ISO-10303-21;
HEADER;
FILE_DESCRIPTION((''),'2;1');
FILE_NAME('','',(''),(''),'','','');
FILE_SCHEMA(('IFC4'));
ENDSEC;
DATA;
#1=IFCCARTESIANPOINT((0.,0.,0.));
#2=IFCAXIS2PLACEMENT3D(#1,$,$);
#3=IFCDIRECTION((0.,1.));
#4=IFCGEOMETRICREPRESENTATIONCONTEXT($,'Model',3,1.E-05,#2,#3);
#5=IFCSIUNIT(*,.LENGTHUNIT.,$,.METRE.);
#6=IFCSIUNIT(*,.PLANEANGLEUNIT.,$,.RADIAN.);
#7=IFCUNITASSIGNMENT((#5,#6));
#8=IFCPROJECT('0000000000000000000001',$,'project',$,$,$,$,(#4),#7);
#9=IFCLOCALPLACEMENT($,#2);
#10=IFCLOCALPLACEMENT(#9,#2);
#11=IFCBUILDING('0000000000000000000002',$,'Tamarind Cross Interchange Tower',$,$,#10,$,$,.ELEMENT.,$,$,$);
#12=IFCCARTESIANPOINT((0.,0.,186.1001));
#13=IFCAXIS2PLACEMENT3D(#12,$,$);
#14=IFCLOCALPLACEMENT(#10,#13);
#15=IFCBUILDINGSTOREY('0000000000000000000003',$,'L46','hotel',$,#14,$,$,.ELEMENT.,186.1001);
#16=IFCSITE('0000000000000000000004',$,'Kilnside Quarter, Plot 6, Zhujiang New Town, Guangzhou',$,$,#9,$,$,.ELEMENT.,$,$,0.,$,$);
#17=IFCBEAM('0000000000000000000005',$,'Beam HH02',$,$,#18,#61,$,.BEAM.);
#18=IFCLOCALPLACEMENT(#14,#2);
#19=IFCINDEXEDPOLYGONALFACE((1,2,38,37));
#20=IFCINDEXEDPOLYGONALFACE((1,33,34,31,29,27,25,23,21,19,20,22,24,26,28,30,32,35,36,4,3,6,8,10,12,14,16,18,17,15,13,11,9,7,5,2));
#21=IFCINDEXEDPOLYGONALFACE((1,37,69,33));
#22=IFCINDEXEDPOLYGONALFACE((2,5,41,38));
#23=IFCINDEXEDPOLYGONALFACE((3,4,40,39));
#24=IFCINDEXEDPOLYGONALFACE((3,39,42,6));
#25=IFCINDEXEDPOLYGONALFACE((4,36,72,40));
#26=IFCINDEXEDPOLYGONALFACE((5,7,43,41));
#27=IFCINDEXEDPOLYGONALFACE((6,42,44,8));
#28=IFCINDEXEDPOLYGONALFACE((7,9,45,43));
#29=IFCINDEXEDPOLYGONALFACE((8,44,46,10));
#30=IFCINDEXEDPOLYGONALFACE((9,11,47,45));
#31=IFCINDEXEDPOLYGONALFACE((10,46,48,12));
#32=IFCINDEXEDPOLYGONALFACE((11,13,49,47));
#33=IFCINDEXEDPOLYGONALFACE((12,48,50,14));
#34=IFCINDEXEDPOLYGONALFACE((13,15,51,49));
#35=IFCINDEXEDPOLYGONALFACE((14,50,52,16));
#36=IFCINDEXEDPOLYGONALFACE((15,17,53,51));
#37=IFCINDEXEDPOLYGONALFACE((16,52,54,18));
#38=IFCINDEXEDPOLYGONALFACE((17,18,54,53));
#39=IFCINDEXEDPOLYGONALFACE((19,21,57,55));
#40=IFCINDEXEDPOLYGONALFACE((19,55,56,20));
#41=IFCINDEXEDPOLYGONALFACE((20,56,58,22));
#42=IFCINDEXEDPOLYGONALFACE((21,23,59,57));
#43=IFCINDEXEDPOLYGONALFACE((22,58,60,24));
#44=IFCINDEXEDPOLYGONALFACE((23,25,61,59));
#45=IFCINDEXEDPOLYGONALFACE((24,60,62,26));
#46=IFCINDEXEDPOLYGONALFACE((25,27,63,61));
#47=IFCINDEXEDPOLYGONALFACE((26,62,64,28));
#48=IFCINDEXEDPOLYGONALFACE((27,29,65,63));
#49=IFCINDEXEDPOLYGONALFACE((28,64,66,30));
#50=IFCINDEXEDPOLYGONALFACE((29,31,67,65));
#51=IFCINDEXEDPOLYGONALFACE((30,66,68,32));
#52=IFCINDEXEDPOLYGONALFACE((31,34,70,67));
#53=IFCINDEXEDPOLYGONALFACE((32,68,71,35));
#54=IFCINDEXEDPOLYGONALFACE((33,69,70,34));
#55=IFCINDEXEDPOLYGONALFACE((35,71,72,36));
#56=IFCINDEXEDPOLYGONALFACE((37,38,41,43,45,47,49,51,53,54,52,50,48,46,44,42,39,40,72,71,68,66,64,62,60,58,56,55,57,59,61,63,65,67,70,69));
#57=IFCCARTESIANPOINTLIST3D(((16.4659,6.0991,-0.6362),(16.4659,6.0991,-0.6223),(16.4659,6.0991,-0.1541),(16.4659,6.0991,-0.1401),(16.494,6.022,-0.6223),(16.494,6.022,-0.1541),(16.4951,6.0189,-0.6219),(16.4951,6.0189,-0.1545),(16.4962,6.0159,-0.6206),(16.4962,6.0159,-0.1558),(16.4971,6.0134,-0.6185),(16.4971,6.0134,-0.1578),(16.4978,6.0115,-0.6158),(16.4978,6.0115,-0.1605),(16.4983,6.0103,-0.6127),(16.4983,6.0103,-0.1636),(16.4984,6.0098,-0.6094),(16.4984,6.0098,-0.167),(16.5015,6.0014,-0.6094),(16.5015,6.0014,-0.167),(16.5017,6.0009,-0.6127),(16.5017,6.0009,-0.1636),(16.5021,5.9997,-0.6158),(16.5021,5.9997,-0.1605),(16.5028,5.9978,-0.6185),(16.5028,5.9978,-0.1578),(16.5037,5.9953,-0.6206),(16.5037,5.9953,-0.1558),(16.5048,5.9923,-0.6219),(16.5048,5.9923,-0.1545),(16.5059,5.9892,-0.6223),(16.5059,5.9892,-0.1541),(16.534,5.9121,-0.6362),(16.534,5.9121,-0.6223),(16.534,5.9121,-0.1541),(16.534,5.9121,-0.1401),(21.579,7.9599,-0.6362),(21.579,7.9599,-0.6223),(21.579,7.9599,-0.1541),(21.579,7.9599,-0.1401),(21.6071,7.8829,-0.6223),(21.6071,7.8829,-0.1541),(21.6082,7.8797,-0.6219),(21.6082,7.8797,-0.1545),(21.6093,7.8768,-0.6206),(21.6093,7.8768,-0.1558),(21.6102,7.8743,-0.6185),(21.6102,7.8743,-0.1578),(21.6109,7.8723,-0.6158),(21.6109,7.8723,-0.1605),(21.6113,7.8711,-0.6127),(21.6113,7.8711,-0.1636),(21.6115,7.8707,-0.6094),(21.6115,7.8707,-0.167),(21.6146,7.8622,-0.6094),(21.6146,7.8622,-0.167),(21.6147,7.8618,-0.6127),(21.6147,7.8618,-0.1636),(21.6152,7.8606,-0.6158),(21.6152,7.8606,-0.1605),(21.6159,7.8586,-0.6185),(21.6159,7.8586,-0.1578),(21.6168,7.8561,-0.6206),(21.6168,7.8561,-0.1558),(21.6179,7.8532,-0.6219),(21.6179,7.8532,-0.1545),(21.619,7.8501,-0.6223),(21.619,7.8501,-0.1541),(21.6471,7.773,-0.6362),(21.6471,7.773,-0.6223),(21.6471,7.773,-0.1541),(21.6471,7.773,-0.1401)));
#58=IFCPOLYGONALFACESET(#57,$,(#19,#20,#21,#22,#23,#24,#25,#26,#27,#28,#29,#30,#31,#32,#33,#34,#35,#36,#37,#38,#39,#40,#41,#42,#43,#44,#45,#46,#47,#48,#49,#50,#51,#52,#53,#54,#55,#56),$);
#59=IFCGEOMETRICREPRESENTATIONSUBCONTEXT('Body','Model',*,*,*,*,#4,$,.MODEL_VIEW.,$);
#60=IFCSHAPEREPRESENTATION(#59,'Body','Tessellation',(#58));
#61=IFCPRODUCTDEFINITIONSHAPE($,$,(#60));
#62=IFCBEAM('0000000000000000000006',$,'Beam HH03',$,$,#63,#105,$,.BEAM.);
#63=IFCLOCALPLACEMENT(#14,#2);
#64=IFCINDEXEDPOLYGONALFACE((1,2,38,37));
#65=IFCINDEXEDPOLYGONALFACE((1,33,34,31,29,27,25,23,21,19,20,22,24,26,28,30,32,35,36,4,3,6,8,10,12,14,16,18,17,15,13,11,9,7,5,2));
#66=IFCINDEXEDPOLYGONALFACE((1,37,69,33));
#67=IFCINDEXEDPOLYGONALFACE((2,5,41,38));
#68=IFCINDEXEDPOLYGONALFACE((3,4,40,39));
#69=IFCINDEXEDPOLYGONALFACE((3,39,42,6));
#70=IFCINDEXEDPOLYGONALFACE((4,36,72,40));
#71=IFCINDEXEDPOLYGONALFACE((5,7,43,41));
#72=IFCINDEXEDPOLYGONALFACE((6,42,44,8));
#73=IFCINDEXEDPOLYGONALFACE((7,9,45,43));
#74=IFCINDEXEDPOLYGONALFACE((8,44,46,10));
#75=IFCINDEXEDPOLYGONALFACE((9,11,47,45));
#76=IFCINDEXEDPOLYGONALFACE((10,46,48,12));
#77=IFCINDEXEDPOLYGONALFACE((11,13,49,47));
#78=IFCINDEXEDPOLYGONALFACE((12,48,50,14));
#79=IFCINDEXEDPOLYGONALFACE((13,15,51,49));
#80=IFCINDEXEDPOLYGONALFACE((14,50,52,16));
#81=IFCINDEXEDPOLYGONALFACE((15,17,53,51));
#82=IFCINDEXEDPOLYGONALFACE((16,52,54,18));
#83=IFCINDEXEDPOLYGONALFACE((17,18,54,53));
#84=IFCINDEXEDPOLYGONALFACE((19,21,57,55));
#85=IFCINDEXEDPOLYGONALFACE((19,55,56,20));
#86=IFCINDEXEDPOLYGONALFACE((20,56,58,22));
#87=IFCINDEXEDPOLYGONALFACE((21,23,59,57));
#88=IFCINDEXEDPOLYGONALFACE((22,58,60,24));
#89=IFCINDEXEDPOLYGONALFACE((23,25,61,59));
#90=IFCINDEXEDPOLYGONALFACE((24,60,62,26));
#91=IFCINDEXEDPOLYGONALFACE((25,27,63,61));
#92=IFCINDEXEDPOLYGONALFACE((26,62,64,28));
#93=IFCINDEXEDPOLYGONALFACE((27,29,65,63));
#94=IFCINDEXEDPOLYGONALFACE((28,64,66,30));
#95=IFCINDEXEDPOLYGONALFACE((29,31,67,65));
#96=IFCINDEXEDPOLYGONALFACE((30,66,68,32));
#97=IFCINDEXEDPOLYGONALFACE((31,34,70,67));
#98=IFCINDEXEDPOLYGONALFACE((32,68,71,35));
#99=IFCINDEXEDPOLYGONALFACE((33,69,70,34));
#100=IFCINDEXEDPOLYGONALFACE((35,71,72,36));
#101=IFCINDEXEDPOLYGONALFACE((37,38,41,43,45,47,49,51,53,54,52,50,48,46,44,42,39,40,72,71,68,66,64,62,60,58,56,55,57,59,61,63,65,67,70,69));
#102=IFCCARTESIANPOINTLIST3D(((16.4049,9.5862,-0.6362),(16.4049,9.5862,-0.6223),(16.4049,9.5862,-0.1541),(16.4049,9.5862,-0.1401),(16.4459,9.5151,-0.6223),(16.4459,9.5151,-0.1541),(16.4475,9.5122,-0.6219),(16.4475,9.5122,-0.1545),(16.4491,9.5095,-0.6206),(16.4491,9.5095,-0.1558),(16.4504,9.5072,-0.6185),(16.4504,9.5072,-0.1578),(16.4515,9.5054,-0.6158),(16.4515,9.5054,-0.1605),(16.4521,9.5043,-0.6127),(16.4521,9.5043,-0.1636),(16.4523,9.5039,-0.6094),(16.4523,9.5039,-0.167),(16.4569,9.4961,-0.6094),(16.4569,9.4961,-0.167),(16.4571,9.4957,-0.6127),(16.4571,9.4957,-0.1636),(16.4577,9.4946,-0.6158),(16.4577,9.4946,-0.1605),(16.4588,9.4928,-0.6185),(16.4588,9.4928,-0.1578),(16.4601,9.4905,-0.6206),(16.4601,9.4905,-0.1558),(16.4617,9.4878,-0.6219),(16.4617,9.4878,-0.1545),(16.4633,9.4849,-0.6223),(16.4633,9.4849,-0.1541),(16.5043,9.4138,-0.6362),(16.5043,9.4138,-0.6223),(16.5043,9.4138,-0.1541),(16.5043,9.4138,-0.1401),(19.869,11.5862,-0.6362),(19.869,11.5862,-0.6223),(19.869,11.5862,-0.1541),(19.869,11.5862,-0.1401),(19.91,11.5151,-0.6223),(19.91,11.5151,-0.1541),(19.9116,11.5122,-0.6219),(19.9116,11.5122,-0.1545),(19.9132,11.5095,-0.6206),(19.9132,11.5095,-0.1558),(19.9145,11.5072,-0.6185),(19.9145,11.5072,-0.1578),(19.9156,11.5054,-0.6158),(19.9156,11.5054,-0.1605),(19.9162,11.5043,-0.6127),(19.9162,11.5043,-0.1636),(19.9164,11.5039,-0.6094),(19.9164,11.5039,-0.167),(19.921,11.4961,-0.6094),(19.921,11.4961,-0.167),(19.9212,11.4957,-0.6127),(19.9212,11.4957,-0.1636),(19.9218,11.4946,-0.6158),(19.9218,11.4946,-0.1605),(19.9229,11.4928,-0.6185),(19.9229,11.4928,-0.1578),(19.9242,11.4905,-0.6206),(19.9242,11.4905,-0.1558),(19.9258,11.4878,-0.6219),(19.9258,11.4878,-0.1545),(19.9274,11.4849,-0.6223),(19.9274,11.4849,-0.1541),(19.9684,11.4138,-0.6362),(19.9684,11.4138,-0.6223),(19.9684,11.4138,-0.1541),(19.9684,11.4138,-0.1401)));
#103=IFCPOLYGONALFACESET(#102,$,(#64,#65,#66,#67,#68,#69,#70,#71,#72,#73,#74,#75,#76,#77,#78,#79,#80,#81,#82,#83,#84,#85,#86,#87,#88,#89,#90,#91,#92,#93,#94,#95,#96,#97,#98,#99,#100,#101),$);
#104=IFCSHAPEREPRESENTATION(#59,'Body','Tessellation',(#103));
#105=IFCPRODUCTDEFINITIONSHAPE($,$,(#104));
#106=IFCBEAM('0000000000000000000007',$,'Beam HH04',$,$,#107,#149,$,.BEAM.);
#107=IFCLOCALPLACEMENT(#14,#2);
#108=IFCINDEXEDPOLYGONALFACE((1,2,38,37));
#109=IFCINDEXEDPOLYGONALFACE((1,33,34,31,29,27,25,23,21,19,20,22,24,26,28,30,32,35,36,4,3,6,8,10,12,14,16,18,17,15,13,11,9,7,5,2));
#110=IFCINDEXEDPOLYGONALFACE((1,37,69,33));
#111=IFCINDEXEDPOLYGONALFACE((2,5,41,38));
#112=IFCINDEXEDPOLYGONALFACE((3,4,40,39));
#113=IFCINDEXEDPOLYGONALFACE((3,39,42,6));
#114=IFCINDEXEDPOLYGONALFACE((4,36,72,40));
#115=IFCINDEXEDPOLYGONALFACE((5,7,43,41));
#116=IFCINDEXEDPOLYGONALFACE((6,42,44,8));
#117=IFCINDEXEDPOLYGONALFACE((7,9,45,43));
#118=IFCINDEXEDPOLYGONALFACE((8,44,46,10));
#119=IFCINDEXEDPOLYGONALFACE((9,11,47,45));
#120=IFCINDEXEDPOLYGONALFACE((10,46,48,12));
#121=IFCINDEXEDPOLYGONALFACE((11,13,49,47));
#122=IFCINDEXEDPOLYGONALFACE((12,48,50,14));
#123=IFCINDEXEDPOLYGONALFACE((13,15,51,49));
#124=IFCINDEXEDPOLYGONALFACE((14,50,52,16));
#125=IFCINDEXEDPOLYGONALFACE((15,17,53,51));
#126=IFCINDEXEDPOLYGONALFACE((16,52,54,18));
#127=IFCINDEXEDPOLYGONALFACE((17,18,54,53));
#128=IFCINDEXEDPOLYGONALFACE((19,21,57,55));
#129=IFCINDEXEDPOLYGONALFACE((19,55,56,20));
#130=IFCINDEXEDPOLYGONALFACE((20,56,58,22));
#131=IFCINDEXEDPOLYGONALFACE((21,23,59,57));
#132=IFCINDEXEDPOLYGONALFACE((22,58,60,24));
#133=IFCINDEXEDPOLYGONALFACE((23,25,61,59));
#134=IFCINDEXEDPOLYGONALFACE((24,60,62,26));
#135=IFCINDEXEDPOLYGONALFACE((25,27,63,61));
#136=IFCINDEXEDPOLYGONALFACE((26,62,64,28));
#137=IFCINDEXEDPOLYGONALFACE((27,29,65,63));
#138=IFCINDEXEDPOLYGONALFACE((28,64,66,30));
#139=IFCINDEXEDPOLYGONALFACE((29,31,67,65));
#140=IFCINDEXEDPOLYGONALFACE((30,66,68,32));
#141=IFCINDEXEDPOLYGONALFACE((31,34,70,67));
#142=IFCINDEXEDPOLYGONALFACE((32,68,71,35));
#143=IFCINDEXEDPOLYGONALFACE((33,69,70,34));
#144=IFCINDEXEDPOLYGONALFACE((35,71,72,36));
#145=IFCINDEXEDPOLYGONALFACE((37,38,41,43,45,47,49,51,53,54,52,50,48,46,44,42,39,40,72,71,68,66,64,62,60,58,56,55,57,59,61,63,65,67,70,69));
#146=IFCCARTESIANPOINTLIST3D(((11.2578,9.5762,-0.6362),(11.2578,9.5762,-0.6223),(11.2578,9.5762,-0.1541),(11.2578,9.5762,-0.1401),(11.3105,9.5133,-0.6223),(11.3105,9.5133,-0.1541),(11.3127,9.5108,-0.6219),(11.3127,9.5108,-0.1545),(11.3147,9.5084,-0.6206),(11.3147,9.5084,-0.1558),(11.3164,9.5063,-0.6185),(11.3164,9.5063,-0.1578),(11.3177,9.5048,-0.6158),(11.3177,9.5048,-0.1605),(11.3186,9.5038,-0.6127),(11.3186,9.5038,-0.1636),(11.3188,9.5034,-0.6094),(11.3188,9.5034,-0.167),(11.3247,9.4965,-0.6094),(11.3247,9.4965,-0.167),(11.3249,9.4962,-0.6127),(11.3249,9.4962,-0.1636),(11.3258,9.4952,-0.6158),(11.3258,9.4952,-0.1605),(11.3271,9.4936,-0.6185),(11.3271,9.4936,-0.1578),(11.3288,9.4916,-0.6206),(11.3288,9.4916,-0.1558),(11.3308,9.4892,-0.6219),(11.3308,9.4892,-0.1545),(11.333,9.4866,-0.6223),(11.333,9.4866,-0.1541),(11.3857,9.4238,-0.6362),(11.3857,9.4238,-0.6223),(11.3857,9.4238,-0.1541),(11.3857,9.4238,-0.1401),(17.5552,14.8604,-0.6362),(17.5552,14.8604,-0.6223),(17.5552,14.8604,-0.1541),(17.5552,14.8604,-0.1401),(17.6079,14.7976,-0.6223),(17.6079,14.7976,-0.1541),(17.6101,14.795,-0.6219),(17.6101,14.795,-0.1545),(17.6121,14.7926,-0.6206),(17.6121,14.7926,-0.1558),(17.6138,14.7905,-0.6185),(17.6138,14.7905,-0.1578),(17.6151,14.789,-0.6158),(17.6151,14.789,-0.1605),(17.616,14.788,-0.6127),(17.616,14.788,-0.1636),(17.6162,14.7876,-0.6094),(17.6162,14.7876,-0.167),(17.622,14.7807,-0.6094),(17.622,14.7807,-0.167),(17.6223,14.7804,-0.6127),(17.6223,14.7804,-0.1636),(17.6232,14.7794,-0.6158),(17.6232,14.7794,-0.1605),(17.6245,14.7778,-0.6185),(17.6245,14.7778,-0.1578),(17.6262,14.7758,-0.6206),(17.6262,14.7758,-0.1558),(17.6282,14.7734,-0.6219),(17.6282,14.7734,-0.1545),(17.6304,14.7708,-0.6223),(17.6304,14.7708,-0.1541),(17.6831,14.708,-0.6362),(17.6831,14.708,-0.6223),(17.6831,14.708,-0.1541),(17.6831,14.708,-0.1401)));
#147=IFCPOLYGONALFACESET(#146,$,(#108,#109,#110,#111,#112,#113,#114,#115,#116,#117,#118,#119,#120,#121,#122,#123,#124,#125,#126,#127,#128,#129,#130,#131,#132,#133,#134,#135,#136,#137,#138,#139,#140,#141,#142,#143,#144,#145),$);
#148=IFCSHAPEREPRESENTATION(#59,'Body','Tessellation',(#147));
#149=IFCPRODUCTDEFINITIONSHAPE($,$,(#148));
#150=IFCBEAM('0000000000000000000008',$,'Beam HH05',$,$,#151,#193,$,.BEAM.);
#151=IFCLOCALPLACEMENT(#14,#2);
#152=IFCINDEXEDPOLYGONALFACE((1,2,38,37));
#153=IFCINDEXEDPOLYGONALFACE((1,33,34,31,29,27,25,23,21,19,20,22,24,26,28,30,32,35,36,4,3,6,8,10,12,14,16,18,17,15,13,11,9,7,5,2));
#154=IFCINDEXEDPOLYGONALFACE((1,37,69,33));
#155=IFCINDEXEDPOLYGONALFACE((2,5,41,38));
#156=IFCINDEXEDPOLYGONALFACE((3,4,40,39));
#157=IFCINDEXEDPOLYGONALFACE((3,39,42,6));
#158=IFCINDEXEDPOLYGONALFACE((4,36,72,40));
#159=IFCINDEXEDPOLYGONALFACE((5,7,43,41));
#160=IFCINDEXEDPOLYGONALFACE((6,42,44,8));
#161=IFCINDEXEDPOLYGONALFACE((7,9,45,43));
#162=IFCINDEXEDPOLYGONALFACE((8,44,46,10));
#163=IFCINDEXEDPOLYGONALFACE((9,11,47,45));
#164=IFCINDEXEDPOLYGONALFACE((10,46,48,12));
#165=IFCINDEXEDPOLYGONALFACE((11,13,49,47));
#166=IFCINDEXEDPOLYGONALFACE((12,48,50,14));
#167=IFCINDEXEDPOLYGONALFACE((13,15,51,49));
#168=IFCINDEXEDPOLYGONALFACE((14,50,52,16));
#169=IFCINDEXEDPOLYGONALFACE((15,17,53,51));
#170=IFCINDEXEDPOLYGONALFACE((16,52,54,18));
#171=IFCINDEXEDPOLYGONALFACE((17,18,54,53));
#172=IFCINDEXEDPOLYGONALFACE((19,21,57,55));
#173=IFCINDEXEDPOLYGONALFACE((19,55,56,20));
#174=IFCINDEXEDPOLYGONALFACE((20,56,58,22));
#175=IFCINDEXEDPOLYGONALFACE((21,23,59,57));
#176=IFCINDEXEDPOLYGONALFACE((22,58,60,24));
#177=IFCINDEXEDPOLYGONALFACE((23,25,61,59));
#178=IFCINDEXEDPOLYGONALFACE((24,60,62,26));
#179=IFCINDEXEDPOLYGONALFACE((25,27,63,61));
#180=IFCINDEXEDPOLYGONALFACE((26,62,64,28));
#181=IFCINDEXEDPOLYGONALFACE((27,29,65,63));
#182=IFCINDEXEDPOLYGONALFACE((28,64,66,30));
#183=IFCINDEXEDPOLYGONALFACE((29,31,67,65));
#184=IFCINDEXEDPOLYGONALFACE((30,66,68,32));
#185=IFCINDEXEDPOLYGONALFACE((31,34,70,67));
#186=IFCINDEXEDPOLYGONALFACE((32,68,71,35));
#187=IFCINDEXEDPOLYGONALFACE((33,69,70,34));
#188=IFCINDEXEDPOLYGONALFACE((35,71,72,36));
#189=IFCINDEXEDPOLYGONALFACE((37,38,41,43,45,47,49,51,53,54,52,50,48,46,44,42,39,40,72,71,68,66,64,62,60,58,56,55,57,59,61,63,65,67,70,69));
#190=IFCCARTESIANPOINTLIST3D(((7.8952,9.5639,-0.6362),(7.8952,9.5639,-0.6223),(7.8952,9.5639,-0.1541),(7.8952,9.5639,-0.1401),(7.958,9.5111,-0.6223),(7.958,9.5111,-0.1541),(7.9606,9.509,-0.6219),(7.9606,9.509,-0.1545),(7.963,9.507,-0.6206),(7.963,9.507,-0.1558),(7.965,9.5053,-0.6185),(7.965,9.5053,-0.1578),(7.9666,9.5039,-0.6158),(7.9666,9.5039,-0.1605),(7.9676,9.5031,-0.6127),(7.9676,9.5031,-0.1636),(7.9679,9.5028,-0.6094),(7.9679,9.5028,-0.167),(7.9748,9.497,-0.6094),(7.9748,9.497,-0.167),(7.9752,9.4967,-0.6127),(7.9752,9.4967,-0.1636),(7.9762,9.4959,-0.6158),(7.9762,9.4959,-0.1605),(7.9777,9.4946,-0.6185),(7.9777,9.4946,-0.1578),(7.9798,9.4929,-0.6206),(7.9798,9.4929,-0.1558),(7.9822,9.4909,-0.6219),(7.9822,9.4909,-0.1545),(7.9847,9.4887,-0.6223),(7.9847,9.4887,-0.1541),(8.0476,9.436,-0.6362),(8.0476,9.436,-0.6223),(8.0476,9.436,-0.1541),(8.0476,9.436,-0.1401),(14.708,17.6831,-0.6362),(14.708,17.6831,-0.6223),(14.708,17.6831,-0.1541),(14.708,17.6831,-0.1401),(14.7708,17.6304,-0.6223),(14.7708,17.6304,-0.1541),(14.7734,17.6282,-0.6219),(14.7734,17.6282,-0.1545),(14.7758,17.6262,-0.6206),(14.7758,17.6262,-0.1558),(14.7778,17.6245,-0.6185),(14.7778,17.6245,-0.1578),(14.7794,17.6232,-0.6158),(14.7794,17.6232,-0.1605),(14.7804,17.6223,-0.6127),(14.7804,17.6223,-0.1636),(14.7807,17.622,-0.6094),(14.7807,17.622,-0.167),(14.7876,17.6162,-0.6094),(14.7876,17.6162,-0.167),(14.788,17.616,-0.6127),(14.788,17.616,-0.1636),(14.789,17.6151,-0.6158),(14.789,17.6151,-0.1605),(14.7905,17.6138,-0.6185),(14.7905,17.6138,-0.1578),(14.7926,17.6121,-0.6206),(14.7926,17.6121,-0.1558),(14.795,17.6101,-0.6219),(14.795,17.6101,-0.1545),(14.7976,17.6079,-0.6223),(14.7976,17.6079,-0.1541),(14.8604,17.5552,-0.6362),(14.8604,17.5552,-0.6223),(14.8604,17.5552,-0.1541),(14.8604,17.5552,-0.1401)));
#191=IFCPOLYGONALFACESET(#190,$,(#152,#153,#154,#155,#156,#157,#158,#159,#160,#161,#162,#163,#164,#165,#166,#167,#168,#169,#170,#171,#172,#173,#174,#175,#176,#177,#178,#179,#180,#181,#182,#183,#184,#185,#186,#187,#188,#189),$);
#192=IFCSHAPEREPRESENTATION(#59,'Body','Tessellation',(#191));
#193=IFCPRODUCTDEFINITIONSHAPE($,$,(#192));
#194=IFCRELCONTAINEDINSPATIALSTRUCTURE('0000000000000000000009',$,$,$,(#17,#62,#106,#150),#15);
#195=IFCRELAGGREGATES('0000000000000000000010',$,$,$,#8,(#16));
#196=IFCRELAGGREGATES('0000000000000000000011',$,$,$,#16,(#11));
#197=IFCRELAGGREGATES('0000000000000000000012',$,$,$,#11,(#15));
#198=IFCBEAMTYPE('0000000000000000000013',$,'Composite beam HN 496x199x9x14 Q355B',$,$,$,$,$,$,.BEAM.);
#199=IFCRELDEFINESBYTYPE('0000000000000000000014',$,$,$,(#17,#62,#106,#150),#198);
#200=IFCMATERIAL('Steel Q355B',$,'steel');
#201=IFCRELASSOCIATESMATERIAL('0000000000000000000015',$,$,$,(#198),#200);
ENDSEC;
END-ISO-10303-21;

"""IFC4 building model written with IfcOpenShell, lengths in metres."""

from ifc_helpers import new_model, si_unit, direction, frame, origin, origin_2d, place, context, subcontext, project, spatial, i_section, extrude, material, material_profile, profile_set, type_object, element, save


model = new_model("IFC4")

# Units and contexts
model_context = context("Model", 3, precision=1e-05, world=origin(), true_north=direction((0.0, 1.0)))
body_context = subcontext(model_context, "Body", "Model", "MODEL_VIEW")
ifc_project = project(units=[si_unit("LENGTHUNIT", "METRE"), si_unit("PLANEANGLEUNIT", "RADIAN")], contexts=[model_context])

# Site, building, storey
site_placement = place(None, origin())
site = spatial("IfcSite", under=ifc_project, at=site_placement, Name="Kilnside Quarter, Plot 6, Zhujiang New Town, Guangzhou", CompositionType="ELEMENT", RefElevation=0.0)
building_placement = place(site_placement, origin())
building = spatial("IfcBuilding", under=site, at=building_placement, Name="Tamarind Cross Interchange Tower", CompositionType="ELEMENT")
storey_placement = place(building_placement, frame((0.0, 0.0, 186.1001)))
storey = spatial("IfcBuildingStorey", under=building, at=storey_placement, Name="L46", Description="hotel", CompositionType="ELEMENT", Elevation=186.1001)

# Beams
ifc_material_1 = material(Name="Steel Q355B", Category="steel")
ifc_material_profile_1 = material_profile(ifc_material_1, i_section(OverallWidth=0.199, OverallDepth=0.4961, WebThickness=0.009, FlangeThickness=0.0139, FilletRadius=0.0129, at=origin_2d()), Name="HN 496x199x9x14")
ifc_profile_set_1 = profile_set([ifc_material_profile_1], Name="Steel Q355B")
beam_type = type_object("IfcBeamType", Name="Composite beam HN 496x199x9x14 Q355B", PredefinedType="BEAM", material=ifc_profile_set_1)
beam_1_placement = place(storey_placement, frame((21.613, 7.8665, -0.3882), z_axis=(-0.939702, -0.341995, 0.0), x_axis=(0.341995, -0.939702, 0.0)))
element("IfcBeam", 1, at=beam_1_placement, inside=storey, type_object=beam_type, Name="Beam HH02", PredefinedType="BEAM", context=body_context, shape_type="SweptSolid", body=[
    extrude(i_section(OverallWidth=0.199, OverallDepth=0.4961, WebThickness=0.009, FlangeThickness=0.0139, FilletRadius=0.0129, at=origin_2d()), origin(), (0.0, 0.0, 1.0), 5.4412),
])
beam_2_placement = place(storey_placement, frame((19.9187, 11.5, -0.3882), z_axis=(-0.866026, -0.499999, 0.0), x_axis=(0.499999, -0.866026, 0.0)))
element("IfcBeam", 2, at=beam_2_placement, inside=storey, type_object=beam_type, Name="Beam HH03", PredefinedType="BEAM", context=body_context, shape_type="SweptSolid", body=[
    extrude(i_section(OverallWidth=0.199, OverallDepth=0.4961, WebThickness=0.009, FlangeThickness=0.0139, FilletRadius=0.0129, at=origin_2d()), origin(), (0.0, 0.0, 1.0), 4.0),
])
beam_3_placement = place(storey_placement, frame((17.6191, 14.7842, -0.3882), z_axis=(-0.766041, -0.642792, 0.0), x_axis=(0.642792, -0.766041, 0.0)))
element("IfcBeam", 3, at=beam_3_placement, inside=storey, type_object=beam_type, Name="Beam HH04", PredefinedType="BEAM", context=body_context, shape_type="SweptSolid", body=[
    extrude(i_section(OverallWidth=0.199, OverallDepth=0.4961, WebThickness=0.009, FlangeThickness=0.0139, FilletRadius=0.0129, at=origin_2d()), origin(), (0.0, 0.0, 1.0), 8.2207),
])
beam_4_placement = place(storey_placement, frame((14.7842, 17.6191, -0.3882), z_axis=(-0.642786, -0.766046, 0.0), x_axis=(0.766046, -0.642786, 0.0)))
element("IfcBeam", 4, at=beam_4_placement, inside=storey, type_object=beam_type, Name="Beam HH05", PredefinedType="BEAM", context=body_context, shape_type="SweptSolid", body=[
    extrude(i_section(OverallWidth=0.199, OverallDepth=0.4961, WebThickness=0.009, FlangeThickness=0.0139, FilletRadius=0.0129, at=origin_2d()), origin(), (0.0, 0.0, 1.0), 10.5989),
])

save(model, "model.ifc")
